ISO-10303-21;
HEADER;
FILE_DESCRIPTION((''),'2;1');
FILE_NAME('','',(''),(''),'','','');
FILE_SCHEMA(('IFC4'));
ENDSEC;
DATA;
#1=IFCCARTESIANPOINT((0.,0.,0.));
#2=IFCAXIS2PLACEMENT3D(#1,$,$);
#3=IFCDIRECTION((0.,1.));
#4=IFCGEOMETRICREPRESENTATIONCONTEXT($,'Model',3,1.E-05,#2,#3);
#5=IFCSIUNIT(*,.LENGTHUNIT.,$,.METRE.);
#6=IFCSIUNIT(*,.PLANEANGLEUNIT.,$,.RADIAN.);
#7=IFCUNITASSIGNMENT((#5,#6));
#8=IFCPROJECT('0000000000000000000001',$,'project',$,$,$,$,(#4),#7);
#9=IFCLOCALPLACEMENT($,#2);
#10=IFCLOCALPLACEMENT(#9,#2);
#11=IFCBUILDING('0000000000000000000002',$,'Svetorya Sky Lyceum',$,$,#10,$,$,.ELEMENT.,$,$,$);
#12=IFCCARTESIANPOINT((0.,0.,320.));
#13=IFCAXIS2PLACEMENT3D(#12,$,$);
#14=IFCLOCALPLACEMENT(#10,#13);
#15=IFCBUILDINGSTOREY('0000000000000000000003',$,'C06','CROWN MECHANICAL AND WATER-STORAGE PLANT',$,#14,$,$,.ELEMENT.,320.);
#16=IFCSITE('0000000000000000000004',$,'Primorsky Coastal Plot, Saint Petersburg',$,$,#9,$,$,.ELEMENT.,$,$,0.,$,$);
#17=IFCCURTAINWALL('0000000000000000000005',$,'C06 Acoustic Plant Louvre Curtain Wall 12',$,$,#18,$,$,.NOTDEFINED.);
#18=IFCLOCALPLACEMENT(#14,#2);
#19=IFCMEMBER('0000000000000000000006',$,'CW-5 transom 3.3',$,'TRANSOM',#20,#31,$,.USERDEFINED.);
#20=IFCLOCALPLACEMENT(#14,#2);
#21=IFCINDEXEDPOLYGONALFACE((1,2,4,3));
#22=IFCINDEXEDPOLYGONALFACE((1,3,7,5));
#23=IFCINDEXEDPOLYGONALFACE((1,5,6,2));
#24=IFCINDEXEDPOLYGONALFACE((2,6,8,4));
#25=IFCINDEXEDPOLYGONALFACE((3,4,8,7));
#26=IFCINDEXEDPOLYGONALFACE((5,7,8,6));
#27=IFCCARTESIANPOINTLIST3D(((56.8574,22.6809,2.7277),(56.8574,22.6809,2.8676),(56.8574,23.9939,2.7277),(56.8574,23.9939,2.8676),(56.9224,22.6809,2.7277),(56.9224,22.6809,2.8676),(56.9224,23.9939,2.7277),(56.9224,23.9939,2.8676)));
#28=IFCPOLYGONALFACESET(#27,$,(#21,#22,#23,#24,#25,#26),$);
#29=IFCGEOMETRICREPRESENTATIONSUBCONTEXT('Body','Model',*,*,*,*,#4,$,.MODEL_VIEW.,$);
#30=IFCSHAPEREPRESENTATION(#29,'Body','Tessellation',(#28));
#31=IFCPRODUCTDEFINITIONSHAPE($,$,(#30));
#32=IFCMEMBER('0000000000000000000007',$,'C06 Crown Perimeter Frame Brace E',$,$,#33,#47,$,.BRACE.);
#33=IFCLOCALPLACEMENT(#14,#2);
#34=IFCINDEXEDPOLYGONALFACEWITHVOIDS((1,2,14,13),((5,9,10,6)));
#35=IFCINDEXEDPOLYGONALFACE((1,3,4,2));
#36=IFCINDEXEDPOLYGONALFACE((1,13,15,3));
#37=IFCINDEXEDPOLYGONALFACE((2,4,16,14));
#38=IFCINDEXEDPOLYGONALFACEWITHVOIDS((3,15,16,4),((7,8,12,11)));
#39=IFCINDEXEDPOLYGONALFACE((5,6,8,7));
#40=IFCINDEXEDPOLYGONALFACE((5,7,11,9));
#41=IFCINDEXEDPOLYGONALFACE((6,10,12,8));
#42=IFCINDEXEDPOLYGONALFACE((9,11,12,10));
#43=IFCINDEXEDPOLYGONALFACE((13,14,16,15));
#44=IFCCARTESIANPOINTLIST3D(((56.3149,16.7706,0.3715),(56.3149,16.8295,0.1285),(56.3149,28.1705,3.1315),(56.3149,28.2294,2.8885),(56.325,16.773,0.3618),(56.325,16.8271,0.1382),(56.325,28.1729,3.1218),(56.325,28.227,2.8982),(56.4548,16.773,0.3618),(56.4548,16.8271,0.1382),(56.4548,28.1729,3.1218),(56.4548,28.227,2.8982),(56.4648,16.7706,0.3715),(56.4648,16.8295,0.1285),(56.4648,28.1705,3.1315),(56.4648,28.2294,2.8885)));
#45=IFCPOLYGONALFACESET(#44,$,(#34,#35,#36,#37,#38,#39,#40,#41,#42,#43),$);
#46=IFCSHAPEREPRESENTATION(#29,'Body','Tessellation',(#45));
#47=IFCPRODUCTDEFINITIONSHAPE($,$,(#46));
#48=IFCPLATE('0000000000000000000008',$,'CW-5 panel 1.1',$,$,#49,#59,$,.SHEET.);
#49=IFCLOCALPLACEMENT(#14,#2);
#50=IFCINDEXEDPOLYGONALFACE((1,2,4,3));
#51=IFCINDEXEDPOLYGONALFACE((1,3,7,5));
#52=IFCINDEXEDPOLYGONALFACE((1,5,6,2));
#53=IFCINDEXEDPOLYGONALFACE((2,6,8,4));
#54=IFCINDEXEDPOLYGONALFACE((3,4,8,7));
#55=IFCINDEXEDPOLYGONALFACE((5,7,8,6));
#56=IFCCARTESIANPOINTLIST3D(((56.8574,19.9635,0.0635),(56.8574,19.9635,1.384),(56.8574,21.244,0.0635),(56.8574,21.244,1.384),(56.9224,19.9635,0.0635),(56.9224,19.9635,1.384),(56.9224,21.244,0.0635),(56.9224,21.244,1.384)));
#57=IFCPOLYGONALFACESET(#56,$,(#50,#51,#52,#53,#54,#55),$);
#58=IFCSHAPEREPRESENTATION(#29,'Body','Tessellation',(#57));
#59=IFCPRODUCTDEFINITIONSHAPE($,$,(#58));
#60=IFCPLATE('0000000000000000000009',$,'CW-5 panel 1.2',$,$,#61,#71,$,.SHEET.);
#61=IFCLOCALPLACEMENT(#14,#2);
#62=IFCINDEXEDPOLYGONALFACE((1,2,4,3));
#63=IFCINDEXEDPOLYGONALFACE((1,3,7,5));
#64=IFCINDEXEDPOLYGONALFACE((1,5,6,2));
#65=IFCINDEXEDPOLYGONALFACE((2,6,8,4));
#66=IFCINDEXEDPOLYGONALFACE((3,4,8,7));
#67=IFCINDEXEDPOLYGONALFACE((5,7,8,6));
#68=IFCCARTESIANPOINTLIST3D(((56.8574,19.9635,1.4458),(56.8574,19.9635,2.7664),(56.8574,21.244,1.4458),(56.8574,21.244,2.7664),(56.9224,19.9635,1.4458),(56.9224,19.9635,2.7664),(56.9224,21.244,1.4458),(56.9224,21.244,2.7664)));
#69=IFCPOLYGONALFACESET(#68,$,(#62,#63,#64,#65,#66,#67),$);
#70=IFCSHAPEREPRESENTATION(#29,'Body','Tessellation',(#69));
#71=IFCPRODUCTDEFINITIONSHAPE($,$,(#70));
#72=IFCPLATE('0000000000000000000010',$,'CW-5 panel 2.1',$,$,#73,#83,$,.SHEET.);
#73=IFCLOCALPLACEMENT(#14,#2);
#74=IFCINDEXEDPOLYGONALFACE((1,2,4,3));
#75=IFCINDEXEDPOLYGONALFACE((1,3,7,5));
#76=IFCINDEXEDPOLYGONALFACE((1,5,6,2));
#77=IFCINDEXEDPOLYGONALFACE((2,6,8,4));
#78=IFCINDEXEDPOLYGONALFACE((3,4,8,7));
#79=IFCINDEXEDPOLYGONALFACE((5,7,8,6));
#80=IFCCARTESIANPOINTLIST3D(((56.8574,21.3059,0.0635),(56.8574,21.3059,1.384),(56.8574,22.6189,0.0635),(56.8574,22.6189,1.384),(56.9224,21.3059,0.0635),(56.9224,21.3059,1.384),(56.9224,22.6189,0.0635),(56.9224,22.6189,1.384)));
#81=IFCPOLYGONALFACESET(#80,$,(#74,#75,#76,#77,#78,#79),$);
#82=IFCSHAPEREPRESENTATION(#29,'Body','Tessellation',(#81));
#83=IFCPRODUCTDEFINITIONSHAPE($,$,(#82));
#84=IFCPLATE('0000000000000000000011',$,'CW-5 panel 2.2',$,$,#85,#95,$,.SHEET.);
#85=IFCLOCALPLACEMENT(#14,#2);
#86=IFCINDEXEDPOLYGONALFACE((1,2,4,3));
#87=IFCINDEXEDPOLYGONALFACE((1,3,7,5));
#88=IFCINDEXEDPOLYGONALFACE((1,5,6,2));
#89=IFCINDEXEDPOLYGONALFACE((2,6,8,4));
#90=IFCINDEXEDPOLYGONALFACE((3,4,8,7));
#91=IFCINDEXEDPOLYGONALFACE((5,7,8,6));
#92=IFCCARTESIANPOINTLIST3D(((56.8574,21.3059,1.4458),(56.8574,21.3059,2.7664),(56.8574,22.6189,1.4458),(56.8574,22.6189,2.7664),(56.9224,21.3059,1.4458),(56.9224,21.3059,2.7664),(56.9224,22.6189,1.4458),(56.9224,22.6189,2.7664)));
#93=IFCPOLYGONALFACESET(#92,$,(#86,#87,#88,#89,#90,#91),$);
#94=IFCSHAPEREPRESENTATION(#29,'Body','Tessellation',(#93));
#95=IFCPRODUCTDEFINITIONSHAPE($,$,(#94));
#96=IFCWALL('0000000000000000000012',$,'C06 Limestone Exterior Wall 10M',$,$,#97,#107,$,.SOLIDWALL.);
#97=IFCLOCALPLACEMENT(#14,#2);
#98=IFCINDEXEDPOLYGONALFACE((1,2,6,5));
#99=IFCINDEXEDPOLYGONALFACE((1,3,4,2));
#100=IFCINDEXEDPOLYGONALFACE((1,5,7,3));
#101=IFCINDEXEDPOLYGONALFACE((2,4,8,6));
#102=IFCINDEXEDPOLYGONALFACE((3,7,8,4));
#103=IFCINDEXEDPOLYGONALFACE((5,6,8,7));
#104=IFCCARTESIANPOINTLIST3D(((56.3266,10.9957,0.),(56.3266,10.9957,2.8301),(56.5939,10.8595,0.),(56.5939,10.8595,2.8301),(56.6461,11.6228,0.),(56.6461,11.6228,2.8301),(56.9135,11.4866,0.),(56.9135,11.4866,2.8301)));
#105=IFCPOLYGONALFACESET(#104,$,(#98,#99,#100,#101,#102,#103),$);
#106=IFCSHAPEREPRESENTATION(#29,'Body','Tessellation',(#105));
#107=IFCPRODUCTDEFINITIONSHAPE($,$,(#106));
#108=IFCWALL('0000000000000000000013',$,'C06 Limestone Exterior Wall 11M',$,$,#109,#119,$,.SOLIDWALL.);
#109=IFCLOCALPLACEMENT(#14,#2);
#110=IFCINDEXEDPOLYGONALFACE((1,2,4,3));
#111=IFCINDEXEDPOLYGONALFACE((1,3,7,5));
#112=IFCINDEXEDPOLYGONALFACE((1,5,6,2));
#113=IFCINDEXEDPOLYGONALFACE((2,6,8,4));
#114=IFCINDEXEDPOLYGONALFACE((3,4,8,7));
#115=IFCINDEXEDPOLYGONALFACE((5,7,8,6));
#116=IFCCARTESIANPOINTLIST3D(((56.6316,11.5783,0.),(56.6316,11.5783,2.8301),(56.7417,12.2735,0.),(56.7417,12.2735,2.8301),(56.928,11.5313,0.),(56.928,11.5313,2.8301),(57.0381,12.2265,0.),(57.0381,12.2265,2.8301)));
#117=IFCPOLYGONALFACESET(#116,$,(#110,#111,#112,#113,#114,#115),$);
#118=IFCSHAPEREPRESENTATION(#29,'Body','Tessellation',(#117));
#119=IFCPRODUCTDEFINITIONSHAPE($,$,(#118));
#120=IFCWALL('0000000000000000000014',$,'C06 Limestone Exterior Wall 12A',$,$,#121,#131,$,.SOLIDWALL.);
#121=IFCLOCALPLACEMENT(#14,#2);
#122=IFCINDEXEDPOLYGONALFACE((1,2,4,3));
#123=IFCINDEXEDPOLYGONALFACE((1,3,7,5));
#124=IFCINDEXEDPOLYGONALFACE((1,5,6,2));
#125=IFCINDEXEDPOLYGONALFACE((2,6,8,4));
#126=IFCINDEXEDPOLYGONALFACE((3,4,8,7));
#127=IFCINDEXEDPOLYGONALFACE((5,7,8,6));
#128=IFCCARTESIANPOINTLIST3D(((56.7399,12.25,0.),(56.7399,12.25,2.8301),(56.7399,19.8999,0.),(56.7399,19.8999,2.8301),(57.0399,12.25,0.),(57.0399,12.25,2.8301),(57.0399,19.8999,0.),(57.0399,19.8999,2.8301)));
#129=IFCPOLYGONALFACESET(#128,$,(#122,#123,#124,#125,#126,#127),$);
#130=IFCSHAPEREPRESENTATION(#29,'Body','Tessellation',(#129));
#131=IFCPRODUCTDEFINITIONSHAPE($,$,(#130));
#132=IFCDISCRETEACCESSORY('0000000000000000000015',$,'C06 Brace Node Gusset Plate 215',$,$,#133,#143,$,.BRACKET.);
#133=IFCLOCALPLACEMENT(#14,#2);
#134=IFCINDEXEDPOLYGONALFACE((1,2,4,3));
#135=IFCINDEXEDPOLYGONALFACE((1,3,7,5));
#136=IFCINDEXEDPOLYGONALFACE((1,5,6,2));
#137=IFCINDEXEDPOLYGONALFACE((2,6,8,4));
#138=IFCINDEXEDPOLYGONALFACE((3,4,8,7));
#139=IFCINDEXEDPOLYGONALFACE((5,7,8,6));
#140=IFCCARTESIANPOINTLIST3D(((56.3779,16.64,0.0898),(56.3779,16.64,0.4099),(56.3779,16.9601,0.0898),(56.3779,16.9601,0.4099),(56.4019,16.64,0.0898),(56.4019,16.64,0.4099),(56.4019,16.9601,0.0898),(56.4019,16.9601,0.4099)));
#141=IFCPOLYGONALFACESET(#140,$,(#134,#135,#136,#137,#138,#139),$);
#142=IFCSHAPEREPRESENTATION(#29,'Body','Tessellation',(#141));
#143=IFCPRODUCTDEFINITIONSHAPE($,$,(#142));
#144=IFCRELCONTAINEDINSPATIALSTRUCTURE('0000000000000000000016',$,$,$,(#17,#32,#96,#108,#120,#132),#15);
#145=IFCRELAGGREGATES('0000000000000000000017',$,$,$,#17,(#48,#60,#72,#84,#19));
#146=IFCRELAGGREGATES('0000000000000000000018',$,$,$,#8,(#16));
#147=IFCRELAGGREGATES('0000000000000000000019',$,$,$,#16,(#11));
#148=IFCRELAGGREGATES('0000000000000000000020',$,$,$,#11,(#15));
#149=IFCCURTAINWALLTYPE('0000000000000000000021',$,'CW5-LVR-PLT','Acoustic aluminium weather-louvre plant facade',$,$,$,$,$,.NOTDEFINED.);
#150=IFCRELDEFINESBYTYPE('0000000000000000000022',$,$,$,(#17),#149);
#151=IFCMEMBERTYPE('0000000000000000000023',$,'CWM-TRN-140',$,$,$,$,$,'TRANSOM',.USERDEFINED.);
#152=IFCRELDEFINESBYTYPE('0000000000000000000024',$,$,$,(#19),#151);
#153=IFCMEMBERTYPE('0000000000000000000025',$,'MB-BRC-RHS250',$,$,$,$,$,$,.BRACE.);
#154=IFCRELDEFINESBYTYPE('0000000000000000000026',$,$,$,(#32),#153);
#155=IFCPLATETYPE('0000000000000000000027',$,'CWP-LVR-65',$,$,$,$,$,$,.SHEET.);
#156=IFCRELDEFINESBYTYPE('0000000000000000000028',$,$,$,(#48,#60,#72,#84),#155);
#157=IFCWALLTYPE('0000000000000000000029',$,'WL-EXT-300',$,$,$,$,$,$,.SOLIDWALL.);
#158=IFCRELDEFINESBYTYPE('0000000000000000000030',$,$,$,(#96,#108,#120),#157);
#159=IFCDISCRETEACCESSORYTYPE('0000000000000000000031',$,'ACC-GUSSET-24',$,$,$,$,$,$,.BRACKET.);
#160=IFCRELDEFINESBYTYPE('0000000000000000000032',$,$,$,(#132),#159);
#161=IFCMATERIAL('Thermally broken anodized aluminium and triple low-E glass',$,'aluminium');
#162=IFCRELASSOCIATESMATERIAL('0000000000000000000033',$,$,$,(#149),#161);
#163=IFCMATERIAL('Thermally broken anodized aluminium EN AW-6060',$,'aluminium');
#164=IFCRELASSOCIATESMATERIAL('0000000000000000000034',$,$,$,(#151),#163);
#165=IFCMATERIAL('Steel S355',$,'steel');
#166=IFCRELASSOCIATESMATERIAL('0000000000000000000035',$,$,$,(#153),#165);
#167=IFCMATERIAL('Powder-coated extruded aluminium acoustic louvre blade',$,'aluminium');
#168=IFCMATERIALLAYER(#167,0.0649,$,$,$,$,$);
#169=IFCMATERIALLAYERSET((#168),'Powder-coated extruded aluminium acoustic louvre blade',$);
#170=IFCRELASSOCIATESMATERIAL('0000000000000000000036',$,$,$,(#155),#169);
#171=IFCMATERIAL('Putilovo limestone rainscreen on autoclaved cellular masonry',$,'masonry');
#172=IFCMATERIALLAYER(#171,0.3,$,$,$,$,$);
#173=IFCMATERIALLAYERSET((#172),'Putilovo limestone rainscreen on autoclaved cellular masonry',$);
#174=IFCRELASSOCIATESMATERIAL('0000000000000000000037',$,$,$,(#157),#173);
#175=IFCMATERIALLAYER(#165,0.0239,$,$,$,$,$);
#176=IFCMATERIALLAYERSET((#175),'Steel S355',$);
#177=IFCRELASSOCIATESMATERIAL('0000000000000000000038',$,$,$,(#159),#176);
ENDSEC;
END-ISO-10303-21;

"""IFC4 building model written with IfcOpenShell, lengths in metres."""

from ifc_helpers import new_model, si_unit, direction, frame, frame_2d, origin, origin_2d, place, context, subcontext, project, spatial, rectangle, hollow_rectangle, extrude, material, layer, layer_set, material_profile, profile_set, type_object, element, aggregate, save


model = new_model("IFC4")

# Units and contexts
model_context = context("Model", 3, precision=1e-05, world=origin(), true_north=direction((0.0, 1.0)))
body_context = subcontext(model_context, "Body", "Model", "MODEL_VIEW")
ifc_project = project(units=[si_unit("LENGTHUNIT", "METRE"), si_unit("PLANEANGLEUNIT", "RADIAN")], contexts=[model_context])

# Site, building, storey
site_placement = place(None, origin())
site = spatial("IfcSite", under=ifc_project, at=site_placement, Name="Primorsky Coastal Plot, Saint Petersburg", CompositionType="ELEMENT", RefElevation=0.0)
building_placement = place(site_placement, origin())
building = spatial("IfcBuilding", under=site, at=building_placement, Name="Svetorya Sky Lyceum", CompositionType="ELEMENT")
storey_placement = place(building_placement, frame((0.0, 0.0, 320.0)))
storey = spatial("IfcBuildingStorey", under=building, at=storey_placement, Name="C06", Description="CROWN MECHANICAL AND WATER-STORAGE PLANT", CompositionType="ELEMENT", Elevation=320.0)

# Shared definitions
ifc_material_1 = material(Name="Steel S355", Category="steel")

# Curtain wall, member
ifc_material_2 = material(Name="Thermally broken anodized aluminium and triple low-E glass", Category="aluminium")
curtain_wall_type = type_object("IfcCurtainWallType", Name="CW5-LVR-PLT", Description="Acoustic aluminium weather-louvre plant facade", PredefinedType="NOTDEFINED", material=ifc_material_2)
curtain_wall_placement = place(storey_placement, origin())
curtain_wall = element("IfcCurtainWall", 1, at=curtain_wall_placement, inside=storey, type_object=curtain_wall_type, Name="C06 Acoustic Plant Louvre Curtain Wall 12", PredefinedType="NOTDEFINED")
ifc_material_3 = material(Name="Thermally broken anodized aluminium EN AW-6060", Category="aluminium")
ifc_material_profile_1 = material_profile(ifc_material_3, rectangle(XDim=0.0649, YDim=0.1399, at=origin_2d()), Name="ALU TRANSOM 65x140")
ifc_profile_set_1 = profile_set([ifc_material_profile_1], Name="Thermally broken anodized aluminium EN AW-6060")
member_type_1 = type_object("IfcMemberType", Name="CWM-TRN-140", ElementType="TRANSOM", PredefinedType="USERDEFINED", material=ifc_profile_set_1)
member_1_placement = place(storey_placement, frame((56.8899, 22.6809, 2.7976), z_axis=(0.0, 1.0, 0.0), x_axis=(-1.0, 0.0, 0.0)))
member_1 = element("IfcMember", 2, at=member_1_placement, type_object=member_type_1, Name="CW-5 transom 3.3", ObjectType="TRANSOM", PredefinedType="USERDEFINED", context=body_context, shape_type="SweptSolid", body=[
    extrude(rectangle(XDim=0.0649, YDim=0.1399, at=origin_2d()), origin(), (0.0, 0.0, 1.0), 1.313),
])

# Member
ifc_material_profile_2 = material_profile(ifc_material_1, hollow_rectangle(XDim=0.1499, YDim=0.25, WallThickness=0.01, at=origin_2d()), Name="RHS 250x150x10")
ifc_profile_set_2 = profile_set([ifc_material_profile_2], Name="Steel S355")
member_type_2 = type_object("IfcMemberType", Name="MB-BRC-RHS250", PredefinedType="BRACE", material=ifc_profile_set_2)
member_2_placement = place(storey_placement, frame((56.3899, 16.8, 0.25), z_axis=(0.0, 0.97192, 0.23531), x_axis=(-1.0, 0.0, 0.0)))
element("IfcMember", 3, at=member_2_placement, inside=storey, type_object=member_type_2, Name="C06 Crown Perimeter Frame Brace E", PredefinedType="BRACE", context=body_context, shape_type="SweptSolid", body=[
    extrude(hollow_rectangle(XDim=0.1499, YDim=0.25, WallThickness=0.01, at=origin_2d()), origin(), (0.0, 0.0, 1.0), 11.7292),
])

# Plates
ifc_material_4 = material(Name="Powder-coated extruded aluminium acoustic louvre blade", Category="aluminium")
ifc_layer_1 = layer(ifc_material_4, 0.0649)
ifc_layer_set_1 = layer_set([ifc_layer_1], Name="Powder-coated extruded aluminium acoustic louvre blade")
plate_type = type_object("IfcPlateType", Name="CWP-LVR-65", PredefinedType="SHEET", material=ifc_layer_set_1)
plate_1_placement = place(storey_placement, frame((56.8899, 20.6038, 0.0635), z_axis=(0.0, 0.0, 1.0), x_axis=(0.0, 1.0, 0.0)))
plate_1 = element("IfcPlate", 4, at=plate_1_placement, type_object=plate_type, Name="CW-5 panel 1.1", PredefinedType="SHEET", context=body_context, shape_type="SweptSolid", body=[
    extrude(rectangle(XDim=1.2805, YDim=0.0649, at=origin_2d()), origin(), (0.0, 0.0, 1.0), 1.3206),
])
plate_2_placement = place(storey_placement, frame((56.8899, 20.6038, 1.4458), z_axis=(0.0, 0.0, 1.0), x_axis=(0.0, 1.0, 0.0)))
plate_2 = element("IfcPlate", 5, at=plate_2_placement, type_object=plate_type, Name="CW-5 panel 1.2", PredefinedType="SHEET", context=body_context, shape_type="SweptSolid", body=[
    extrude(rectangle(XDim=1.2805, YDim=0.0649, at=origin_2d()), origin(), (0.0, 0.0, 1.0), 1.3206),
])
plate_3_placement = place(storey_placement, frame((56.8899, 21.9624, 0.0635), z_axis=(0.0, 0.0, 1.0), x_axis=(0.0, 1.0, 0.0)))
plate_3 = element("IfcPlate", 6, at=plate_3_placement, type_object=plate_type, Name="CW-5 panel 2.1", PredefinedType="SHEET", context=body_context, shape_type="SweptSolid", body=[
    extrude(rectangle(XDim=1.313, YDim=0.0649, at=origin_2d()), origin(), (0.0, 0.0, 1.0), 1.3206),
])
plate_4_placement = place(storey_placement, frame((56.8899, 21.9624, 1.4458), z_axis=(0.0, 0.0, 1.0), x_axis=(0.0, 1.0, 0.0)))
plate_4 = element("IfcPlate", 7, at=plate_4_placement, type_object=plate_type, Name="CW-5 panel 2.2", PredefinedType="SHEET", context=body_context, shape_type="SweptSolid", body=[
    extrude(rectangle(XDim=1.313, YDim=0.0649, at=origin_2d()), origin(), (0.0, 0.0, 1.0), 1.3206),
])
aggregate(curtain_wall, [plate_1, plate_2, plate_3, plate_4, member_1])

# Walls
ifc_material_5 = material(Name="Putilovo limestone rainscreen on autoclaved cellular masonry", Category="masonry")
ifc_layer_2 = layer(ifc_material_5, 0.3)
ifc_layer_set_2 = layer_set([ifc_layer_2], Name="Putilovo limestone rainscreen on autoclaved cellular masonry")
wall_type = type_object("IfcWallType", Name="WL-EXT-300", PredefinedType="SOLIDWALL", material=ifc_layer_set_2)
for number, where, z_axis, x_axis, name in (
    (8, (56.4602, 10.9275, 0.0), (0.0, 0.0, 1.0), (0.453999, 0.891002, 0.0), "C06 Limestone Exterior Wall 10M"),
    (9, (56.7798, 11.5547, 0.0), (0.0, 0.0, 1.0), (0.156408, 0.987693, 0.0), "C06 Limestone Exterior Wall 11M"),
):
    element("IfcWall", number, at=place(storey_placement, frame(where, z_axis=z_axis, x_axis=x_axis)), inside=storey, type_object=wall_type, Name=name, PredefinedType="SOLIDWALL", context=body_context, shape_type="SweptSolid", body=[
        extrude(rectangle(XDim=0.7039, YDim=0.3, at=frame_2d((0.3521, 0.0))), origin(), (0.0, 0.0, 1.0), 2.8301),
    ])
wall_placement = place(storey_placement, frame((56.8899, 12.25, 0.0), z_axis=(0.0, 0.0, 1.0), x_axis=(0.0, 1.0, 0.0)))
element("IfcWall", 10, at=wall_placement, inside=storey, type_object=wall_type, Name="C06 Limestone Exterior Wall 12A", PredefinedType="SOLIDWALL", context=body_context, shape_type="SweptSolid", body=[
    extrude(rectangle(XDim=7.6499, YDim=0.3, at=frame_2d((3.825, 0.0))), origin(), (0.0, 0.0, 1.0), 2.8301),
])

# Discrete accessory
ifc_layer_3 = layer(ifc_material_1, 0.0239)
ifc_layer_set_3 = layer_set([ifc_layer_3], Name="Steel S355")
discrete_accessory_type = type_object("IfcDiscreteAccessoryType", Name="ACC-GUSSET-24", PredefinedType="BRACKET", material=ifc_layer_set_3)
discrete_accessory_placement = place(storey_placement, frame((56.3899, 16.8, 0.0898), z_axis=(0.0, 0.0, 1.0), x_axis=(1.0, 0.0, 0.0)))
element("IfcDiscreteAccessory", 11, at=discrete_accessory_placement, inside=storey, type_object=discrete_accessory_type, Name="C06 Brace Node Gusset Plate 215", PredefinedType="BRACKET", context=body_context, shape_type="SweptSolid", body=[
    extrude(rectangle(XDim=0.0239, YDim=0.3201, at=origin_2d()), origin(), (0.0, 0.0, 1.0), 0.3201),
])

save(model, "model.ifc")
